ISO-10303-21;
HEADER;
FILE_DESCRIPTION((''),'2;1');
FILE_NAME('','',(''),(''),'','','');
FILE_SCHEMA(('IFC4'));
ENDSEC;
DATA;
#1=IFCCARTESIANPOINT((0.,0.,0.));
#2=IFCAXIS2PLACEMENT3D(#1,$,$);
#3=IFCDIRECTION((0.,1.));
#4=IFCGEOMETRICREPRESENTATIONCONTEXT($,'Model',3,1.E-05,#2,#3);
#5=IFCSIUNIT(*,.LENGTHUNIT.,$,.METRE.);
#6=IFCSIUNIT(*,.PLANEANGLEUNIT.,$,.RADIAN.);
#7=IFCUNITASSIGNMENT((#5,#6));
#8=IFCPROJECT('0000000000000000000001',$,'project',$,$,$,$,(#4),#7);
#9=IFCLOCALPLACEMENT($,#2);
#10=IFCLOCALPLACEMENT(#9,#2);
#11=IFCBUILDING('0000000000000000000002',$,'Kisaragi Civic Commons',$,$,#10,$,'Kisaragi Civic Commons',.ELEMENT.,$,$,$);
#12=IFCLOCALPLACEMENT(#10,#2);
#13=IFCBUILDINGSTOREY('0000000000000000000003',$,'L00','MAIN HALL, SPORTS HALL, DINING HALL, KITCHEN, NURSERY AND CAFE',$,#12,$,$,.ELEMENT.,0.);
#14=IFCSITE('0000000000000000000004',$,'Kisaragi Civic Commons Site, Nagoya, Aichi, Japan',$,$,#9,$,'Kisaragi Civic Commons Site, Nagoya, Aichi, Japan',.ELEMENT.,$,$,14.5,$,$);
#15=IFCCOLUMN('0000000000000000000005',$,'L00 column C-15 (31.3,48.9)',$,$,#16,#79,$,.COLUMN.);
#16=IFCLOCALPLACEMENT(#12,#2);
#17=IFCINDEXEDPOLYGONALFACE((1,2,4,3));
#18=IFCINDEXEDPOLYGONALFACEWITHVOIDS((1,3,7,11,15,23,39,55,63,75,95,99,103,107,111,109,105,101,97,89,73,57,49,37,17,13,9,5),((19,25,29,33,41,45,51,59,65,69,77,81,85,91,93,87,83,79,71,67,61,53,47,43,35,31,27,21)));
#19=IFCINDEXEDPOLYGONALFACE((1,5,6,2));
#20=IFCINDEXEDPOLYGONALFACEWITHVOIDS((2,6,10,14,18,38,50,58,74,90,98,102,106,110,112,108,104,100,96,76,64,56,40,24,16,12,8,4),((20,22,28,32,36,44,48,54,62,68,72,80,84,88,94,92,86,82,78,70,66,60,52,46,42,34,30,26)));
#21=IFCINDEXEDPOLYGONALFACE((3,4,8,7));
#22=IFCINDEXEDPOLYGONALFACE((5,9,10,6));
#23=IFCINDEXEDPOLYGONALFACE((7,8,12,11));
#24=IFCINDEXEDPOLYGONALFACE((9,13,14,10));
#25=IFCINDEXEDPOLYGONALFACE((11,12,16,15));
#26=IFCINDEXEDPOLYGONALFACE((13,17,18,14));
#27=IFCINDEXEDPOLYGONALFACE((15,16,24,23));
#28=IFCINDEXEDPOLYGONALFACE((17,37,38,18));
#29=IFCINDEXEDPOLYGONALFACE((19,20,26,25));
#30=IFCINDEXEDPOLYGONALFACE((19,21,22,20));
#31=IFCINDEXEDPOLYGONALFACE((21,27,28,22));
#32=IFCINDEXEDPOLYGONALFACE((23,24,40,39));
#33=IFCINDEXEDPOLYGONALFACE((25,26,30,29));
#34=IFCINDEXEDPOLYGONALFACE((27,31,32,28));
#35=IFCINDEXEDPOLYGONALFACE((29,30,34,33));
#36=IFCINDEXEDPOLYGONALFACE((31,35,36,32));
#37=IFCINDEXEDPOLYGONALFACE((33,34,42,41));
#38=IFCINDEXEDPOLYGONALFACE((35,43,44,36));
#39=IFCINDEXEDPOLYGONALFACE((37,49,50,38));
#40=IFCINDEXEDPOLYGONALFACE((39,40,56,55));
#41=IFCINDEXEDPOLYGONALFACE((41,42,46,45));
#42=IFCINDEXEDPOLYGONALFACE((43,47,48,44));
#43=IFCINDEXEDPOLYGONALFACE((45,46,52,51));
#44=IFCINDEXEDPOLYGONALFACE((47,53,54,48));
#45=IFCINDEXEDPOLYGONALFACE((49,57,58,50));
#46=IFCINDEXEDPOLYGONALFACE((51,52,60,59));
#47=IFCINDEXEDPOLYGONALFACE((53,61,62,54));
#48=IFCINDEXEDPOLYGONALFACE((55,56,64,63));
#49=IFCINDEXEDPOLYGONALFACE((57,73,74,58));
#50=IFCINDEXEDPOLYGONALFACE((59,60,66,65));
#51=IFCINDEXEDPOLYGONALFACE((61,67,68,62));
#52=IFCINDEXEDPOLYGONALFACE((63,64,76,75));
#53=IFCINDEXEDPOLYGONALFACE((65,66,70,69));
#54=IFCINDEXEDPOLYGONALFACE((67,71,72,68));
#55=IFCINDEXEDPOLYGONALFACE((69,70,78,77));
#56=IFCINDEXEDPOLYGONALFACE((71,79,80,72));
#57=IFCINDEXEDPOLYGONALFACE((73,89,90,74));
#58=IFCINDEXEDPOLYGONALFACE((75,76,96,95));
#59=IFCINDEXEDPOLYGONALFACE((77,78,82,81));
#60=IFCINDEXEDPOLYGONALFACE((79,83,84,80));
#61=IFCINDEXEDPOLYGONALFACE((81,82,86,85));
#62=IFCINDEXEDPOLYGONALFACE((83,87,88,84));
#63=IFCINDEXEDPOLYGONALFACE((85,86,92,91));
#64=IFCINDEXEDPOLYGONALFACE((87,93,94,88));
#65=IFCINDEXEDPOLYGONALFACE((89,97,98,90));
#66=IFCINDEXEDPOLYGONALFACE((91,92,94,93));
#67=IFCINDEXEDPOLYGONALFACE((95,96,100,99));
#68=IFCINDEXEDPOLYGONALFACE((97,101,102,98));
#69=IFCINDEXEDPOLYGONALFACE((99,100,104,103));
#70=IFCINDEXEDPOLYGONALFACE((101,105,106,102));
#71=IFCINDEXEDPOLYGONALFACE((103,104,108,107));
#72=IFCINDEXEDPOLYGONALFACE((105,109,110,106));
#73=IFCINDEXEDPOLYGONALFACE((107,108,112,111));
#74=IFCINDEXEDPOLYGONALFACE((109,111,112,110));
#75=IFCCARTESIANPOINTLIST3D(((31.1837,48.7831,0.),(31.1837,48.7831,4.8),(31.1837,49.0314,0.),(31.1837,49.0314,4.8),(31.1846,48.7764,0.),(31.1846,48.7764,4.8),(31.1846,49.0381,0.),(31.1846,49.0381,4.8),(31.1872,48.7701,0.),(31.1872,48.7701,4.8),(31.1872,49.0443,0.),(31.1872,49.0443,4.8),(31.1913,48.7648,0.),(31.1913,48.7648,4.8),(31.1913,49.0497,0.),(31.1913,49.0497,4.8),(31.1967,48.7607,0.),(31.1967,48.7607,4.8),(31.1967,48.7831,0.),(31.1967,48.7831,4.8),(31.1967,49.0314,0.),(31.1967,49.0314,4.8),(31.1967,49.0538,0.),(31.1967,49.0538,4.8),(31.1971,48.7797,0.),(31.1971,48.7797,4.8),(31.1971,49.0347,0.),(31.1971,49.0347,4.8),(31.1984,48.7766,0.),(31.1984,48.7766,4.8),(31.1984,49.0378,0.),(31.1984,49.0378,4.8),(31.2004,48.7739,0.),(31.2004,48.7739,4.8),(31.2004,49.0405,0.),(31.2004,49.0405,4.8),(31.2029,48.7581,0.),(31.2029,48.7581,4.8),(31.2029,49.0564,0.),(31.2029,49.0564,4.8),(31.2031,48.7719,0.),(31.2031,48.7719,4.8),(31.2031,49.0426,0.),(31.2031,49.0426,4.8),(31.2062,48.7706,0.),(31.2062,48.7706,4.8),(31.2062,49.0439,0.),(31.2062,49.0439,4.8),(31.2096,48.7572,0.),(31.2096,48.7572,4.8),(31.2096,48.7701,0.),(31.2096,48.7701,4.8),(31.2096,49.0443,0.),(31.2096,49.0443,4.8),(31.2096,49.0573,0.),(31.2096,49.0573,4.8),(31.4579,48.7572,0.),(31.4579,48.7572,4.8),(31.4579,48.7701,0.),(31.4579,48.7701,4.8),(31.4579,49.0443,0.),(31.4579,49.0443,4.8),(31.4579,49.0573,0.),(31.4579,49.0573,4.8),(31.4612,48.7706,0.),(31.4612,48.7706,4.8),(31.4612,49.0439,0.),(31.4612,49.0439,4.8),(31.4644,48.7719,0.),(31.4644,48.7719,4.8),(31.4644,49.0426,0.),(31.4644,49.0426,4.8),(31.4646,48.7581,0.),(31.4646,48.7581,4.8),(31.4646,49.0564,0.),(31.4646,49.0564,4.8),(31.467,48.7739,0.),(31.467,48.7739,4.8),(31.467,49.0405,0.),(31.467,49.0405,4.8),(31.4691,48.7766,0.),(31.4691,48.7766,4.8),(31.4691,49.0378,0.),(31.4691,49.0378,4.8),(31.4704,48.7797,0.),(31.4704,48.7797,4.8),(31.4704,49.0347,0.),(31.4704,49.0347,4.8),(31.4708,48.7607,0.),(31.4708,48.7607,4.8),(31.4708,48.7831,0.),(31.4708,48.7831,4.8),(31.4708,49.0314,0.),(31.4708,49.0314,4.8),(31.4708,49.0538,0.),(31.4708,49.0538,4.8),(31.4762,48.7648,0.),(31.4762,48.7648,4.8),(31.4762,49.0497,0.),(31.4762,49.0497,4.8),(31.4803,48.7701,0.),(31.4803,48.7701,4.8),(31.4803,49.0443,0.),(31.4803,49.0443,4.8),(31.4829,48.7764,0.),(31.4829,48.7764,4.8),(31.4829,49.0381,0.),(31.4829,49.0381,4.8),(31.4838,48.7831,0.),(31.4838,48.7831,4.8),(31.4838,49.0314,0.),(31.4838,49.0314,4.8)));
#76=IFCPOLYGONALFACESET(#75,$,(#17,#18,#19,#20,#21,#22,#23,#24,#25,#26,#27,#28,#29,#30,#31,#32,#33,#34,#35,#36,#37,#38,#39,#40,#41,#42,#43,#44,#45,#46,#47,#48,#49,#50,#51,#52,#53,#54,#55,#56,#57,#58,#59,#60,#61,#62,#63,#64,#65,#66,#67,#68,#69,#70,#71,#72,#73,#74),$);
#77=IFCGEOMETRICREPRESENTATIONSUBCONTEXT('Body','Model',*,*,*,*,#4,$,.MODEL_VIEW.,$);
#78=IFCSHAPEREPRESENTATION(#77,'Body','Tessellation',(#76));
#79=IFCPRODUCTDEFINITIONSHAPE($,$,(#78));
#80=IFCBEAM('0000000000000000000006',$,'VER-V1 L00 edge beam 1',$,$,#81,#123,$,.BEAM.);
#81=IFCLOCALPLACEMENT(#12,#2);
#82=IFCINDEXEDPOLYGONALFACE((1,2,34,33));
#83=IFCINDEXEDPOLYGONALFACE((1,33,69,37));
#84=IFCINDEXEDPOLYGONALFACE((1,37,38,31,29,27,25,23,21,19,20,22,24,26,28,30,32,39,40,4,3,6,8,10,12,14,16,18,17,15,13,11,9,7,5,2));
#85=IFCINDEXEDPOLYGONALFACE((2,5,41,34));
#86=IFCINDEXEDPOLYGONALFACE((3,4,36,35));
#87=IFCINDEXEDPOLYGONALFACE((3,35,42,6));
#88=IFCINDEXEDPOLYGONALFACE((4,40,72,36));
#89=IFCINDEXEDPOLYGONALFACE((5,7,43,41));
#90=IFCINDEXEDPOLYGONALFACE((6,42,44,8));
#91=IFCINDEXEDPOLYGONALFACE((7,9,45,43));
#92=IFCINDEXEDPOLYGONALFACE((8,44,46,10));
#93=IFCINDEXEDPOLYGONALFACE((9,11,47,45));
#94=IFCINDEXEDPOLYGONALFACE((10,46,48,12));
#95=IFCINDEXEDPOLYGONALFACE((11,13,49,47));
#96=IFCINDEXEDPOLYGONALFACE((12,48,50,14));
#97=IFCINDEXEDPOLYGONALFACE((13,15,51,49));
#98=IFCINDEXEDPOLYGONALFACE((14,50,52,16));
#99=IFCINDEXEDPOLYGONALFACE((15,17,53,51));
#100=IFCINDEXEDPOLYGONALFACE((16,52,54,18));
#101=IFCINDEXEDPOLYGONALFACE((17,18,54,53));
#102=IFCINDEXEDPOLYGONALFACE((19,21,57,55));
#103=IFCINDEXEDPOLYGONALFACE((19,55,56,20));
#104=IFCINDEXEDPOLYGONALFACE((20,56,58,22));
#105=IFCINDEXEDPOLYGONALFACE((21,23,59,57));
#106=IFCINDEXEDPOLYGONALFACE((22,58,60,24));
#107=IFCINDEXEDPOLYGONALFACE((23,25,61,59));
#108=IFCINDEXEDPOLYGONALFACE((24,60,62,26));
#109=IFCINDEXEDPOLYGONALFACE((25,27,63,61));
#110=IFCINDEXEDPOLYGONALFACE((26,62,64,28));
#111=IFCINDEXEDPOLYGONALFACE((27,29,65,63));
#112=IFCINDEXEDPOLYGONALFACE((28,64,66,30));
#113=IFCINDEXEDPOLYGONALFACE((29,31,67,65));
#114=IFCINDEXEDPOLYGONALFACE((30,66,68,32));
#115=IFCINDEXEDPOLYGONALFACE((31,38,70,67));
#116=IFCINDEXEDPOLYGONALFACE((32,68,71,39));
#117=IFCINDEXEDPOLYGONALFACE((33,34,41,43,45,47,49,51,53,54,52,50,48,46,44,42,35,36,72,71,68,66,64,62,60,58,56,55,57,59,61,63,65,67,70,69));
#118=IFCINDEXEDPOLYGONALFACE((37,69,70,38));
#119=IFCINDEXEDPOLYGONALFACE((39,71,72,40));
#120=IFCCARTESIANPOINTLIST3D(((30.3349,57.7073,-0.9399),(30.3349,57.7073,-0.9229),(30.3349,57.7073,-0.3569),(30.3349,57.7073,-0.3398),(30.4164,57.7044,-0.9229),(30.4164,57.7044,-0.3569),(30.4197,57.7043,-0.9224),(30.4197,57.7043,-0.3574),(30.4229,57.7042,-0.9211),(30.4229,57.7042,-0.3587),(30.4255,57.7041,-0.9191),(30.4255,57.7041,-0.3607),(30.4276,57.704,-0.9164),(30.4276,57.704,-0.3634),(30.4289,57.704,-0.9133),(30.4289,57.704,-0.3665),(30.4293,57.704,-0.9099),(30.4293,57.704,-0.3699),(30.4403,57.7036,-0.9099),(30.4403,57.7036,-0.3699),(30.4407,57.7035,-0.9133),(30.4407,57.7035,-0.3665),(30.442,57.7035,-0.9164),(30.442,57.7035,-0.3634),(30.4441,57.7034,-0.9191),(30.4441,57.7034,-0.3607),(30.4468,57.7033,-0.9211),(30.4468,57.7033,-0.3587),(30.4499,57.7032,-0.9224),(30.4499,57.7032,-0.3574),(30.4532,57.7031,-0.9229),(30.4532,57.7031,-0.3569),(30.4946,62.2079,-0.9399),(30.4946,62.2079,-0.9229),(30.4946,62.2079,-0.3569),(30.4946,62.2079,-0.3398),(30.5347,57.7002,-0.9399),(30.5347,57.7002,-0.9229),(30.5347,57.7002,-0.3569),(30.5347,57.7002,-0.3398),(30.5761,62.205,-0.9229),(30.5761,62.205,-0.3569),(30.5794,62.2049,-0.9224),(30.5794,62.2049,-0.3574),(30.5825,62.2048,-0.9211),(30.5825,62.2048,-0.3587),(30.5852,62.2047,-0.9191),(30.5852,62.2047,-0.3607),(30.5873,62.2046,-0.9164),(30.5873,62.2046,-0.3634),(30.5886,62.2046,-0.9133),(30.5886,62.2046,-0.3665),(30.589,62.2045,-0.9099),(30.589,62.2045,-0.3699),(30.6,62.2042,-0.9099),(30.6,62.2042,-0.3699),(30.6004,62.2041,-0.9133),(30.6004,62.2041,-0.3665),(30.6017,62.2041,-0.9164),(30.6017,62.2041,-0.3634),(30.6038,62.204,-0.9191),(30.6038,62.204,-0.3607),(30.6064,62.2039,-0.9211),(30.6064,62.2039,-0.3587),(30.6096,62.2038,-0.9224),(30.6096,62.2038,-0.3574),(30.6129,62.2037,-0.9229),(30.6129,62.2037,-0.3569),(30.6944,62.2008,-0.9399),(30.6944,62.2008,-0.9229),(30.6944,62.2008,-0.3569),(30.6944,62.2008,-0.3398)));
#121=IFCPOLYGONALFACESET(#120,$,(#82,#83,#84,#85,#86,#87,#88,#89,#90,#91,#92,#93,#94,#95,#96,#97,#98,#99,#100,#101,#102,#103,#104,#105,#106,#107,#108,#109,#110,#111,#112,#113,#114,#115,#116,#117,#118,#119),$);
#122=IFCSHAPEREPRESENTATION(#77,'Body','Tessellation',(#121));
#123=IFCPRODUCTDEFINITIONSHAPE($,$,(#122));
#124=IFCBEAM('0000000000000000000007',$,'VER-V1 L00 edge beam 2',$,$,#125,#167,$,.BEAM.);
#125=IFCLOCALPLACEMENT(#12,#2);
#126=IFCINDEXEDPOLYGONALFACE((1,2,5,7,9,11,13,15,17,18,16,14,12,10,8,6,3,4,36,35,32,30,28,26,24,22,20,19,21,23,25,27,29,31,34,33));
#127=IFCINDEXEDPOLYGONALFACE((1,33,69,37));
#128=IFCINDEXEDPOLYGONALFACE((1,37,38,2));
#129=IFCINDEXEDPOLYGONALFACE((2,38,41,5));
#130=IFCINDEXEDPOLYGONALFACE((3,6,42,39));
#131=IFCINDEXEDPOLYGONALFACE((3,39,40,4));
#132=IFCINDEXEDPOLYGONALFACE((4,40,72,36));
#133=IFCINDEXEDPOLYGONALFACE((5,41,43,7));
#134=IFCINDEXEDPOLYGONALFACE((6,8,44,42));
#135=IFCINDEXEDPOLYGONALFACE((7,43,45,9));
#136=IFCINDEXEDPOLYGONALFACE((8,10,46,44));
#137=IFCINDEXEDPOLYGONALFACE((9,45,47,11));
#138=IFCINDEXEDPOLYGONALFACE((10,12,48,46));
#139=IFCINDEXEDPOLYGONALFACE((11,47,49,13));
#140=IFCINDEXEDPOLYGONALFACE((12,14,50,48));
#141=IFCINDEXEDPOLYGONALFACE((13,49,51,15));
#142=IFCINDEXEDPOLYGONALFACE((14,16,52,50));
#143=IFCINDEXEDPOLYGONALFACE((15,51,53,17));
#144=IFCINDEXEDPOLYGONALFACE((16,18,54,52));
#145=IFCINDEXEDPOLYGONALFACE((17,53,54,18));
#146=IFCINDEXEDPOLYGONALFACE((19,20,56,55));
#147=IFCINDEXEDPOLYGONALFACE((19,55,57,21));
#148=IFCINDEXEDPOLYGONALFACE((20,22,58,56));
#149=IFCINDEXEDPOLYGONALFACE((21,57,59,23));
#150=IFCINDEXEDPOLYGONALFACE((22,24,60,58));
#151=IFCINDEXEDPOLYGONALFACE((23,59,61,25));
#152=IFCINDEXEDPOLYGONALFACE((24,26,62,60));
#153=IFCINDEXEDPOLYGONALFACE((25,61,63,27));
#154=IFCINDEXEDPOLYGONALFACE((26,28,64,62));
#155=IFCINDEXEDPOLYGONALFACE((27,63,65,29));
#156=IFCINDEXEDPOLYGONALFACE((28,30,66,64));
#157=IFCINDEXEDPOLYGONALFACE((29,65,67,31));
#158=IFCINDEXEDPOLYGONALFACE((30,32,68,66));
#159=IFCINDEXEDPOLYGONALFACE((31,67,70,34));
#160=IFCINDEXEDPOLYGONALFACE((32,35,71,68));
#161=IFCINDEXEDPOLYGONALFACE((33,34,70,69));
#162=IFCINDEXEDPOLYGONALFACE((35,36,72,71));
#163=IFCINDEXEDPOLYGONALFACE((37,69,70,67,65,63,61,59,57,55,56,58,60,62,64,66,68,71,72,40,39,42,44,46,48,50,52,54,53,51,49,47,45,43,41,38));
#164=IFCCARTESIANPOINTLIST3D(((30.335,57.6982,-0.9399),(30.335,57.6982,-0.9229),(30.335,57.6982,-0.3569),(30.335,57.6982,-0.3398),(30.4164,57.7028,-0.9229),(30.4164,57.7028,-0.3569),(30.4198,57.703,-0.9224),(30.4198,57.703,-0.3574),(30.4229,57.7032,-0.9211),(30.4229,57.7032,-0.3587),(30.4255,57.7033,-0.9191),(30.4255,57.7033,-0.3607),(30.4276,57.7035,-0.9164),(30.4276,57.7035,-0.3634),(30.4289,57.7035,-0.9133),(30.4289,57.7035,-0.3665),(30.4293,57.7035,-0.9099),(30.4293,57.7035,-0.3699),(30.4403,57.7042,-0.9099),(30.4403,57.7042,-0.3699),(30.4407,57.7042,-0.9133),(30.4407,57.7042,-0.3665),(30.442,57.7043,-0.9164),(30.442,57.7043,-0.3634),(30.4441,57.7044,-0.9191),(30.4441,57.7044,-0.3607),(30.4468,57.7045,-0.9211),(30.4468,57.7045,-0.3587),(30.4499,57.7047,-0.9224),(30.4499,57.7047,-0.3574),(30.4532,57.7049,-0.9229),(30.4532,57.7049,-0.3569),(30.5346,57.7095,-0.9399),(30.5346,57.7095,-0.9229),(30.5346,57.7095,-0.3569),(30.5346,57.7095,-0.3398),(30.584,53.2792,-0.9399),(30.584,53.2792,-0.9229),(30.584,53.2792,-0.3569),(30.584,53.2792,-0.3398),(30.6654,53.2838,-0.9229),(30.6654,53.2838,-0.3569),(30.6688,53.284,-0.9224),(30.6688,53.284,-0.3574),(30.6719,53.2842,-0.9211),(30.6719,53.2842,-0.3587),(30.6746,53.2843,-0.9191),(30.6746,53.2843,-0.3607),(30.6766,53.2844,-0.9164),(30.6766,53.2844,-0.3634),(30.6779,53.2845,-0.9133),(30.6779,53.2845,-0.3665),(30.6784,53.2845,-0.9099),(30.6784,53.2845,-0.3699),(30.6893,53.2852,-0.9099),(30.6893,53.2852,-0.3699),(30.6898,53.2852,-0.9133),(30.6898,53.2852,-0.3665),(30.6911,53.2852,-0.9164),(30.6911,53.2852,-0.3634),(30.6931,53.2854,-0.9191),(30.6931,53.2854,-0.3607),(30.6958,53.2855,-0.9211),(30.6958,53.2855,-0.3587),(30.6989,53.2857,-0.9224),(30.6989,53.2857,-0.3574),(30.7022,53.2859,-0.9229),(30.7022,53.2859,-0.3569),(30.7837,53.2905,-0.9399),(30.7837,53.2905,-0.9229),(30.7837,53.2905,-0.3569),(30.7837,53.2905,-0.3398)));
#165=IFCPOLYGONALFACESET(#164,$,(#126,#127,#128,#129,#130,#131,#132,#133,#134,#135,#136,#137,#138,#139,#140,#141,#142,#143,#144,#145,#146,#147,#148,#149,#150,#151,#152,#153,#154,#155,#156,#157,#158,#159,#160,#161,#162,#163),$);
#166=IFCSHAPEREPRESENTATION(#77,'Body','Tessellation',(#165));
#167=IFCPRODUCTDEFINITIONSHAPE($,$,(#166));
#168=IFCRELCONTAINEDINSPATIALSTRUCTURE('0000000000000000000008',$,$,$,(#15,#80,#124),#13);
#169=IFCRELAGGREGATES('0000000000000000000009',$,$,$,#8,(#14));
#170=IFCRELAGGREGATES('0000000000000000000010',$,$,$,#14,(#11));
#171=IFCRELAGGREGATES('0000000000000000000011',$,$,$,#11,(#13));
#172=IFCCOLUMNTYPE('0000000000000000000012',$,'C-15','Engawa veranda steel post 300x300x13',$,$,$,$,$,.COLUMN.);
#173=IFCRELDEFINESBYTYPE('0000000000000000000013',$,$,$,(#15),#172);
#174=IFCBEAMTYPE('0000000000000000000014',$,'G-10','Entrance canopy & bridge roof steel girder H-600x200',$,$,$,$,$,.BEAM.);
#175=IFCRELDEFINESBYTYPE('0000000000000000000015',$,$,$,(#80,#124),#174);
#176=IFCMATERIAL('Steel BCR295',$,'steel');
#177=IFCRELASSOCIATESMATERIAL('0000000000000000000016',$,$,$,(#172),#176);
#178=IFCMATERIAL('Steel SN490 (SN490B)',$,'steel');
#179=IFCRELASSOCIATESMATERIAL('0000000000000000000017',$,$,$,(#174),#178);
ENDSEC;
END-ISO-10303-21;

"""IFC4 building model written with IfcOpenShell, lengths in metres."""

from ifc_helpers import new_model, si_unit, direction, frame, origin, origin_2d, place, context, subcontext, project, spatial, hollow_rectangle, i_section, extrude, material, material_profile, profile_set, type_object, element, save


model = new_model("IFC4")

# Units and contexts
model_context = context("Model", 3, precision=1e-05, world=origin(), true_north=direction((0.0, 1.0)))
body_context = subcontext(model_context, "Body", "Model", "MODEL_VIEW")
ifc_project = project(units=[si_unit("LENGTHUNIT", "METRE"), si_unit("PLANEANGLEUNIT", "RADIAN")], contexts=[model_context])

# Site, building, storey
site_placement = place(None, origin())
site = spatial("IfcSite", under=ifc_project, at=site_placement, Name="Kisaragi Civic Commons Site, Nagoya, Aichi, Japan", LongName="Kisaragi Civic Commons Site, Nagoya, Aichi, Japan", CompositionType="ELEMENT", RefElevation=14.5)
building_placement = place(site_placement, origin())
building = spatial("IfcBuilding", under=site, at=building_placement, Name="Kisaragi Civic Commons", LongName="Kisaragi Civic Commons", CompositionType="ELEMENT")
storey_placement = place(building_placement, origin())
storey = spatial("IfcBuildingStorey", under=building, at=storey_placement, Name="L00", Description="MAIN HALL, SPORTS HALL, DINING HALL, KITCHEN, NURSERY AND CAFE", CompositionType="ELEMENT", Elevation=0.0)

# Column
ifc_material_1 = material(Name="Steel BCR295", Category="steel")
ifc_material_profile_1 = material_profile(ifc_material_1, hollow_rectangle(XDim=0.3, YDim=0.3, WallThickness=0.0129, InnerFilletRadius=0.0129, OuterFilletRadius=0.0259, at=origin_2d()), Name="BCR-300x300x13", Category="steel")
ifc_profile_set_1 = profile_set([ifc_material_profile_1], Name="Steel BCR295")
column_type_1 = type_object("IfcColumnType", Name="C-15", Description="Engawa veranda steel post 300x300x13", PredefinedType="COLUMN", material=ifc_profile_set_1)
for number, where, z_axis, x_axis, name in (
    (1, (31.3337, 48.9072, 0.0), (0.0, 0.0, 1.0), (1.0, 0.0, 0.0), "L00 column C-15 (31.3,48.9)"),
):
    element("IfcColumn", number, at=place(storey_placement, frame(where, z_axis=z_axis, x_axis=x_axis)), inside=storey, type_object=column_type_1, Name=name, PredefinedType="COLUMN", context=body_context, shape_type="SweptSolid", body=[
        extrude(hollow_rectangle(XDim=0.3, YDim=0.3, WallThickness=0.0129, InnerFilletRadius=0.0129, OuterFilletRadius=0.0259, at=origin_2d()), origin(), (0.0, 0.0, 1.0), 4.8),
    ])

# Beams
ifc_material_2 = material(Name="Steel SN490 (SN490B)", Category="steel")
ifc_material_profile_2 = material_profile(ifc_material_2, i_section(OverallWidth=0.2, OverallDepth=0.6001, WebThickness=0.011, FlangeThickness=0.0171, FilletRadius=0.0129, at=origin_2d()), Name="H-600x200x11x17", Category="steel")
ifc_profile_set_2 = profile_set([ifc_material_profile_2], Name="Steel SN490 (SN490B)")
beam_type_1 = type_object("IfcBeamType", Name="G-10", Description="Entrance canopy & bridge roof steel girder H-600x200", PredefinedType="BEAM", material=ifc_profile_set_2)
beam_1_placement = place(storey_placement, frame((30.5945, 62.2043, -0.6399), z_axis=(-0.035456, -0.999371, 0.0), x_axis=(0.999371, -0.035456, 0.0)))
element("IfcBeam", 2, at=beam_1_placement, inside=storey, type_object=beam_type_1, Name="VER-V1 L00 edge beam 1", PredefinedType="BEAM", context=body_context, shape_type="SweptSolid", body=[
    extrude(i_section(OverallWidth=0.2, OverallDepth=0.6001, WebThickness=0.011, FlangeThickness=0.0171, FilletRadius=0.0129, at=origin_2d()), origin(), (0.0, 0.0, 1.0), 4.5034),
])
beam_2_placement = place(storey_placement, frame((30.4348, 57.7039, -0.6399), z_axis=(0.056264, -0.998416, 0.0), x_axis=(0.998416, 0.056264, 0.0)))
element("IfcBeam", 3, at=beam_2_placement, inside=storey, type_object=beam_type_1, Name="VER-V1 L00 edge beam 2", PredefinedType="BEAM", context=body_context, shape_type="SweptSolid", body=[
    extrude(i_section(OverallWidth=0.2, OverallDepth=0.6001, WebThickness=0.011, FlangeThickness=0.0171, FilletRadius=0.0129, at=origin_2d()), origin(), (0.0, 0.0, 1.0), 4.426),
])

save(model, "model.ifc")
